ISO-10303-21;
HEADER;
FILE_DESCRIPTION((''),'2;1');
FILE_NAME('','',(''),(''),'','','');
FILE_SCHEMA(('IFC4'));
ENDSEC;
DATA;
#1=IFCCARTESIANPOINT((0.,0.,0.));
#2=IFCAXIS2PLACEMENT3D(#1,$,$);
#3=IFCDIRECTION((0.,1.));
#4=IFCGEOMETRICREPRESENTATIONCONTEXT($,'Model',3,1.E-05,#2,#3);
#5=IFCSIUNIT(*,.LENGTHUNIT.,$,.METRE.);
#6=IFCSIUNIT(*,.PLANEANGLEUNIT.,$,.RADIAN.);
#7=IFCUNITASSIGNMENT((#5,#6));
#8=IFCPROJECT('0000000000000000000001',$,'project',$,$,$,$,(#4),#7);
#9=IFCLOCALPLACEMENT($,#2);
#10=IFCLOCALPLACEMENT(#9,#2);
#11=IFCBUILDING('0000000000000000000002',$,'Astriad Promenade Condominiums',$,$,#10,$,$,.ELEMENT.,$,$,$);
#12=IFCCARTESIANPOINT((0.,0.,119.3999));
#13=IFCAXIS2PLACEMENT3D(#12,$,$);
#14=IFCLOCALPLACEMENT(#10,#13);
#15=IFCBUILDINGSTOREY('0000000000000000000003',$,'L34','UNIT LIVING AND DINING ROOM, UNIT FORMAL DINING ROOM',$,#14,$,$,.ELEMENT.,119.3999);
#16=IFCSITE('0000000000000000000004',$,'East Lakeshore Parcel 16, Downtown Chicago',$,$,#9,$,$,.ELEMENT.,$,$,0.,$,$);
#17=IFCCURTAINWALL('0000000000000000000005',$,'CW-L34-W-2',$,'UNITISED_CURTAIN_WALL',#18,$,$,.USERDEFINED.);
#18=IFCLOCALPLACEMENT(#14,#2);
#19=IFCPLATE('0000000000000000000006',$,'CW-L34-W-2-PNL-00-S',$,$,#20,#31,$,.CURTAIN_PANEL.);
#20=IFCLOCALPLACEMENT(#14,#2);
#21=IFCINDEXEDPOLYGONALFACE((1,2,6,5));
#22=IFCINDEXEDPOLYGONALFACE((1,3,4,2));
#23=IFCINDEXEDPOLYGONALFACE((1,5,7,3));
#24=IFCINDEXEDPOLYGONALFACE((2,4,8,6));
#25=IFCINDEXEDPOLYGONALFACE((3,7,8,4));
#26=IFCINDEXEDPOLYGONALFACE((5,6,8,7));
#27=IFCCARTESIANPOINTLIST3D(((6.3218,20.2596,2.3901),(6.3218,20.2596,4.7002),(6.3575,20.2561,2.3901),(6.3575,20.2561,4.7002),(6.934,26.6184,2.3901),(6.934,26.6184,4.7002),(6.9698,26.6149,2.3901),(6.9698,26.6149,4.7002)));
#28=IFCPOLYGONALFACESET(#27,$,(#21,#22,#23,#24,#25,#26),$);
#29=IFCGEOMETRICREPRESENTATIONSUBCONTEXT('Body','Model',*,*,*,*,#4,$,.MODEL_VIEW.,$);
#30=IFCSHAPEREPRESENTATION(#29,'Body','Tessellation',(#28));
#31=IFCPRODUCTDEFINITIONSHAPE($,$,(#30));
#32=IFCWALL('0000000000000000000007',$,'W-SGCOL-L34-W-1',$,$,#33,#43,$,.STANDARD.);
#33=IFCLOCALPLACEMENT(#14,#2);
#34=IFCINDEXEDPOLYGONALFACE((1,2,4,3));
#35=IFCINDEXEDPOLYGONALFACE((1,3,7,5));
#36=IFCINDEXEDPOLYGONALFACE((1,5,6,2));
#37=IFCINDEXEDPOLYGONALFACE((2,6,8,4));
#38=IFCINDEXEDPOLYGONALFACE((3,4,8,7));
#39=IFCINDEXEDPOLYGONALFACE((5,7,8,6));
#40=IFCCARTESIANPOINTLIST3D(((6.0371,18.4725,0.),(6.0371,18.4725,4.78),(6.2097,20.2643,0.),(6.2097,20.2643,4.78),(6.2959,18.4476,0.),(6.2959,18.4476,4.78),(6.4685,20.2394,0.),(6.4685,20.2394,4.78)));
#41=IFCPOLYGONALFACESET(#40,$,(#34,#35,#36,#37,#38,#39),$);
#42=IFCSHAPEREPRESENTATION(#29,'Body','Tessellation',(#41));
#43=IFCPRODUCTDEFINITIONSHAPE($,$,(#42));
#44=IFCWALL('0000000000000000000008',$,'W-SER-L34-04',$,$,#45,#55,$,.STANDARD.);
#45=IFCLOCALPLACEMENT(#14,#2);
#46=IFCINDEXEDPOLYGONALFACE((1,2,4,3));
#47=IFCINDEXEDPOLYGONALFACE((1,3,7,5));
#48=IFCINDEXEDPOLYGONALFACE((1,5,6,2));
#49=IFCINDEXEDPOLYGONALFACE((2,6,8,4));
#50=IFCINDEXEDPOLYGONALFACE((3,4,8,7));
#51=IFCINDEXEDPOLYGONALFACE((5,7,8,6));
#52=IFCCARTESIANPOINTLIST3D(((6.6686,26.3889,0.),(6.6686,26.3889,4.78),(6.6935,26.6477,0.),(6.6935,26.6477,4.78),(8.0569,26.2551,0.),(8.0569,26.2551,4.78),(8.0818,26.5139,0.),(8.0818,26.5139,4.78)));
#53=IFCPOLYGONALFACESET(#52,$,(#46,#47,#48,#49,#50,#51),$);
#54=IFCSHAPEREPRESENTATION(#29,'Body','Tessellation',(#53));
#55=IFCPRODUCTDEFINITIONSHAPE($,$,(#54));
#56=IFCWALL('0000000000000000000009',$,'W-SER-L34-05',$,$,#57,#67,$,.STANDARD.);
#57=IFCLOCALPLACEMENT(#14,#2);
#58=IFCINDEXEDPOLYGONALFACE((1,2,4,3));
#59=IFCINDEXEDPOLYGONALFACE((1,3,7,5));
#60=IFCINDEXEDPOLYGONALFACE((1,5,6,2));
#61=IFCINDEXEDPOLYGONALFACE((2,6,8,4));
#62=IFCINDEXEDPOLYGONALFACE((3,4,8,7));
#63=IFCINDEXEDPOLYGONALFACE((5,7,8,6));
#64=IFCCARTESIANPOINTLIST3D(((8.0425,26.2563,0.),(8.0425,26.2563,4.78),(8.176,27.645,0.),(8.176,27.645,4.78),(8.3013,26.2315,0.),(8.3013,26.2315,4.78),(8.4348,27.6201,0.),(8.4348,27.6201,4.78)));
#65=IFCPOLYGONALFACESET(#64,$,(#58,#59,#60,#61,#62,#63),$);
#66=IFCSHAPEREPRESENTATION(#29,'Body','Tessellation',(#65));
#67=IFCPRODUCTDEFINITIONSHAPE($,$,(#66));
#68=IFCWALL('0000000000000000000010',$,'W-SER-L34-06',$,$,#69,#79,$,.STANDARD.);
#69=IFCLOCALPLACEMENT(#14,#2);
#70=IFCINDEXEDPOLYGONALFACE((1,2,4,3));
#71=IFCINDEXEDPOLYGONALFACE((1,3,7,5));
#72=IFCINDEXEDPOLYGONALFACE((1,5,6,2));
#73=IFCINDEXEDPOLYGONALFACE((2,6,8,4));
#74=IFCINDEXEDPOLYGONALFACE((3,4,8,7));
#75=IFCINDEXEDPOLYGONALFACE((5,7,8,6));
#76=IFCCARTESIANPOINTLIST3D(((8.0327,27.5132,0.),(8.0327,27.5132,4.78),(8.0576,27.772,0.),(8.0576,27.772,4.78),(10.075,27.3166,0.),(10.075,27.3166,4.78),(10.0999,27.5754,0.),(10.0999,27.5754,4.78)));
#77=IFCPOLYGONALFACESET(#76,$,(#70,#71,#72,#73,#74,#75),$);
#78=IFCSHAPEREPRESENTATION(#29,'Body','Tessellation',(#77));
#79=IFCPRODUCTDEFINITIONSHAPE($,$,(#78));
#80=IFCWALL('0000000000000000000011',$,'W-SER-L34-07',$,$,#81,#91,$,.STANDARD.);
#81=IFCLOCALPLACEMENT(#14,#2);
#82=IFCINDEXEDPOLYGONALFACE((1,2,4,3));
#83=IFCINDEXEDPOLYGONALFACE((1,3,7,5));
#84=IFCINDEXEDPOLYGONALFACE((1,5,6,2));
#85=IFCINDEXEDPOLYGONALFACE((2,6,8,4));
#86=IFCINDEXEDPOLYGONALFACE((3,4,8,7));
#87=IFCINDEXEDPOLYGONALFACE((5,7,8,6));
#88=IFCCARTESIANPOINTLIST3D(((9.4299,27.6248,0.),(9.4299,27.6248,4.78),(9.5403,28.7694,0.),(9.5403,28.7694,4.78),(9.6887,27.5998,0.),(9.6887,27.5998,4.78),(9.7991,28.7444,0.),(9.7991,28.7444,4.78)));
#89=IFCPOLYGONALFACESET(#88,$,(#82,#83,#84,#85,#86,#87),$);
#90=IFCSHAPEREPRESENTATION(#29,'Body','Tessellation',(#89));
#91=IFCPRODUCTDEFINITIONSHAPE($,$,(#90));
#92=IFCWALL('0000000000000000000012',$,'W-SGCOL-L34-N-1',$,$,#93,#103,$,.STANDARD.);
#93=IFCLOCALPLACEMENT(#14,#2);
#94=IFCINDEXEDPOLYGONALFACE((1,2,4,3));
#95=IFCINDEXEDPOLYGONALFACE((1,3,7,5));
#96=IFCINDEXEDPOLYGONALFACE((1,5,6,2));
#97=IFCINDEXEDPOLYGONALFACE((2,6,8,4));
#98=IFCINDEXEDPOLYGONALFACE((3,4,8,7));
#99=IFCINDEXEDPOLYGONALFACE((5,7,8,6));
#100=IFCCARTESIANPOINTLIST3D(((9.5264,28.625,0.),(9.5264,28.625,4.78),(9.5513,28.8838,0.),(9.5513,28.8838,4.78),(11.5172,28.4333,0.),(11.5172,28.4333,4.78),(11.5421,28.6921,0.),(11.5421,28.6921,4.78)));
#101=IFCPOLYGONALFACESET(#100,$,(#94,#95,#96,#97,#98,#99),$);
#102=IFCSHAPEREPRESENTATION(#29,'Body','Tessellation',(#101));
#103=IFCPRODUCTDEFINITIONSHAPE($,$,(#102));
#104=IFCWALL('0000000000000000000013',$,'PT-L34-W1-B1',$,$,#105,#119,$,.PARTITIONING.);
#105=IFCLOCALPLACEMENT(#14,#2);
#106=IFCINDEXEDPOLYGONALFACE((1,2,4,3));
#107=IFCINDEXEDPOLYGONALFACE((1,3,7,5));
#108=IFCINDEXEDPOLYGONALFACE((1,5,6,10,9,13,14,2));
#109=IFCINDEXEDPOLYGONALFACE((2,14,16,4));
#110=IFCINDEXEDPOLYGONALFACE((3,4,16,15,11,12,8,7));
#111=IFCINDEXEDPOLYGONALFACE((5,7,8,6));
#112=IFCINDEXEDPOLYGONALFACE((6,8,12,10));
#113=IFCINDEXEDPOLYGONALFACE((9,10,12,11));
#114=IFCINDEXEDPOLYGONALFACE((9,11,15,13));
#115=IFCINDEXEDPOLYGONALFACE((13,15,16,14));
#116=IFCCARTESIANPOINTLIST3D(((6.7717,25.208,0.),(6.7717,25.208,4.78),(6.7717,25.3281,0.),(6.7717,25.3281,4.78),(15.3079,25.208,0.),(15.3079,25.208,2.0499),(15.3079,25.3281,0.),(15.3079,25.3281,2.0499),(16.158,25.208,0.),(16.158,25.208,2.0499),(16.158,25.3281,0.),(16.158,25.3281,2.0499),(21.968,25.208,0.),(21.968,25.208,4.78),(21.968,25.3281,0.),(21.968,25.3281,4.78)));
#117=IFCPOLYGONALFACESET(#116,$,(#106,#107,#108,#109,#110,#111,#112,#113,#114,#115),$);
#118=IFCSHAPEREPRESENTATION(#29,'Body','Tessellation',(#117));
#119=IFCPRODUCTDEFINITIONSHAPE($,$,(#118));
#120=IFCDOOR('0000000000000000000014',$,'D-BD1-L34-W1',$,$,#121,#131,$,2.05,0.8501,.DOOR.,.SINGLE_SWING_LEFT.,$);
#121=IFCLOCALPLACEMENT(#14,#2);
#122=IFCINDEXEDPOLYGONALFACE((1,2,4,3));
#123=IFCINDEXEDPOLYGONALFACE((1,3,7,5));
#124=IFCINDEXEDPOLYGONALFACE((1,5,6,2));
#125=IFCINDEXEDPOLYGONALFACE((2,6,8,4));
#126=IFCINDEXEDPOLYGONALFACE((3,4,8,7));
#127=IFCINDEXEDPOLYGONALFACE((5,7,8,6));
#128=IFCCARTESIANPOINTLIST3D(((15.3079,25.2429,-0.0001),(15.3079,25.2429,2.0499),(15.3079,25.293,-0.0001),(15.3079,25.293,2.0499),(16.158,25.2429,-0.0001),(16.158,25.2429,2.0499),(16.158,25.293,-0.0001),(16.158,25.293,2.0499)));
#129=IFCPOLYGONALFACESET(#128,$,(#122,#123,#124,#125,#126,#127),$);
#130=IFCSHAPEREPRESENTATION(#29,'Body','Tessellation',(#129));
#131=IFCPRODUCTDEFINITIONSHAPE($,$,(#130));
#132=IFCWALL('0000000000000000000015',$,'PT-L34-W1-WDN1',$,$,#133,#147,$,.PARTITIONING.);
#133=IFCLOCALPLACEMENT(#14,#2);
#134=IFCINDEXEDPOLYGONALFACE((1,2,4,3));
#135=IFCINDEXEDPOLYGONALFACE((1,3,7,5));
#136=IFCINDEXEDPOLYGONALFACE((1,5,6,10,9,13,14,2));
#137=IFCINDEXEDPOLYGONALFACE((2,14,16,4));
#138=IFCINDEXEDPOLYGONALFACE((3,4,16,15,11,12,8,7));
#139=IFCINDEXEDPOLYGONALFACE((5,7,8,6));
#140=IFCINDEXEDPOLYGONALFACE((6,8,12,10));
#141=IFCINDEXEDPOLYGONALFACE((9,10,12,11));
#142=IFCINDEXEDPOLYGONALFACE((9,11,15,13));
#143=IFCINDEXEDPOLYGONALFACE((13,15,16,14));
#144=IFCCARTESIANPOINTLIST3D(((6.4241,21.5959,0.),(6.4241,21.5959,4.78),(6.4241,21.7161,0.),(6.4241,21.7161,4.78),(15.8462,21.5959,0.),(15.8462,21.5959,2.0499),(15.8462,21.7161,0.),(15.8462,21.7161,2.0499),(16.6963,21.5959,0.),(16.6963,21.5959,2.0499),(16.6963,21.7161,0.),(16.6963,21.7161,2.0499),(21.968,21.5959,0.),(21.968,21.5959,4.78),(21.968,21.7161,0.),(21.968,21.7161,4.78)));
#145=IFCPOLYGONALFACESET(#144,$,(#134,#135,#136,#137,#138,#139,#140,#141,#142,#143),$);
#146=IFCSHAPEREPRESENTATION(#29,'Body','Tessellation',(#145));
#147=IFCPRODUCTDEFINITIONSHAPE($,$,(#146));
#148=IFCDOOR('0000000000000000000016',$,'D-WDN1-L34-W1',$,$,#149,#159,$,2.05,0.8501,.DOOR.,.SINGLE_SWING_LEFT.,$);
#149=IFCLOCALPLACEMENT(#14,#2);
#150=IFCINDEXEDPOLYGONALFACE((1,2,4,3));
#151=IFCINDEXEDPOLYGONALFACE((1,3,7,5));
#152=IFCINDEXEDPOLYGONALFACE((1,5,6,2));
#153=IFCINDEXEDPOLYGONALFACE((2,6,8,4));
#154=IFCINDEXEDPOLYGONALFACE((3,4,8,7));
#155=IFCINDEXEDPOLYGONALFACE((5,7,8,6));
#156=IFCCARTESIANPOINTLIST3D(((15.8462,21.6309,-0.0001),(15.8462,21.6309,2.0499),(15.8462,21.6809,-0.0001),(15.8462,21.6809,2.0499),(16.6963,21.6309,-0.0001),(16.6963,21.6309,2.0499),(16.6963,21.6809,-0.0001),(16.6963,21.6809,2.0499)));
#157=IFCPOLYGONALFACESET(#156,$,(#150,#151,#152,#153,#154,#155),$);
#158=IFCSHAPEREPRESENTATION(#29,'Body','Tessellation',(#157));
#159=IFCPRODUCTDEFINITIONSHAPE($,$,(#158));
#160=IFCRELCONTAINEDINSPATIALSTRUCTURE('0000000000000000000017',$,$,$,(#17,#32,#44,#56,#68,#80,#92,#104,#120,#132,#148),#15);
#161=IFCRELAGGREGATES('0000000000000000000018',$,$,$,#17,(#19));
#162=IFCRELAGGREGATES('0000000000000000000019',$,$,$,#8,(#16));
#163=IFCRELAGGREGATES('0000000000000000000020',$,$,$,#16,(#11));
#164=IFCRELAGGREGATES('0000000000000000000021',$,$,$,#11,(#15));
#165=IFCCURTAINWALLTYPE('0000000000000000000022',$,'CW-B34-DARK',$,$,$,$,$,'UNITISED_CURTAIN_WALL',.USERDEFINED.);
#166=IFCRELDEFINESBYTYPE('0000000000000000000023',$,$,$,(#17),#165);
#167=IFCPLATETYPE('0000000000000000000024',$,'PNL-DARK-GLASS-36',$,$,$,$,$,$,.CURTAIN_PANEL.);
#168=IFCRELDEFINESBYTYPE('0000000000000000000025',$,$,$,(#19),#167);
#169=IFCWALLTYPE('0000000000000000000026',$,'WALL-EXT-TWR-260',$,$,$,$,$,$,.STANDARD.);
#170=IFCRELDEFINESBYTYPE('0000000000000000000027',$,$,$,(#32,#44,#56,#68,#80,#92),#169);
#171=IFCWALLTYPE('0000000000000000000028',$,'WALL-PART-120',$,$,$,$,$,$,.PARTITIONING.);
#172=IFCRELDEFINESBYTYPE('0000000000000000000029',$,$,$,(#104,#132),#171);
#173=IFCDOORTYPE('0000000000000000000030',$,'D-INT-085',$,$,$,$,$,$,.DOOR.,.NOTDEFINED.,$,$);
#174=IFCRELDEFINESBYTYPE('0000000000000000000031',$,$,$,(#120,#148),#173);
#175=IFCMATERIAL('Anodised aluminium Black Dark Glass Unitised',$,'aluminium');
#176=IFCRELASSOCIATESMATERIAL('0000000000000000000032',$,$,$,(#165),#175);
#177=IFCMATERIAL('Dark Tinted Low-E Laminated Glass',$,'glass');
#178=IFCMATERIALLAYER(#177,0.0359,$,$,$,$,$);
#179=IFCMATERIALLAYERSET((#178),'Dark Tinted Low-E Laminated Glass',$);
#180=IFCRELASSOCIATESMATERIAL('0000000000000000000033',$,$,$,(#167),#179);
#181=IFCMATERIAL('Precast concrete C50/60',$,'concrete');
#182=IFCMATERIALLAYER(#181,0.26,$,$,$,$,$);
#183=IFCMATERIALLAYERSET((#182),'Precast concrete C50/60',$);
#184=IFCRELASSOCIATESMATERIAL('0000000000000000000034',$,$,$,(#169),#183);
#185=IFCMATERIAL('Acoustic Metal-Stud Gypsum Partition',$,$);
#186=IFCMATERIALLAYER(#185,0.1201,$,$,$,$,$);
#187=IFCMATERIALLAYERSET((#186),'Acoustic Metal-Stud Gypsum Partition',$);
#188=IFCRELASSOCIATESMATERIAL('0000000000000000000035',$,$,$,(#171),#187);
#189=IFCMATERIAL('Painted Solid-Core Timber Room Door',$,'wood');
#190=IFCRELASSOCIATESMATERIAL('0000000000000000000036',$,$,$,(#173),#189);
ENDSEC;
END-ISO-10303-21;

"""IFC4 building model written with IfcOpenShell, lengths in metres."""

from ifc_helpers import new_model, si_unit, direction, frame, frame_2d, origin, origin_2d, place, context, subcontext, project, spatial, rectangle, extrude, source, transform, mapped, material, layer, layer_set, type_object, type_shapes, element, fill, aggregate, save


model = new_model("IFC4")

# Units and contexts
model_context = context("Model", 3, precision=1e-05, world=origin(), true_north=direction((0.0, 1.0)))
body_context = subcontext(model_context, "Body", "Model", "MODEL_VIEW")
ifc_project = project(units=[si_unit("LENGTHUNIT", "METRE"), si_unit("PLANEANGLEUNIT", "RADIAN")], contexts=[model_context])

# Site, building, storey
site_placement = place(None, origin())
site = spatial("IfcSite", under=ifc_project, at=site_placement, Name="East Lakeshore Parcel 16, Downtown Chicago", CompositionType="ELEMENT", RefElevation=0.0)
building_placement = place(site_placement, origin())
building = spatial("IfcBuilding", under=site, at=building_placement, Name="Astriad Promenade Condominiums", CompositionType="ELEMENT")
storey_placement = place(building_placement, frame((0.0, 0.0, 119.3999)))
storey = spatial("IfcBuildingStorey", under=building, at=storey_placement, Name="L34", Description="UNIT LIVING AND DINING ROOM, UNIT FORMAL DINING ROOM", CompositionType="ELEMENT", Elevation=119.3999)

# Shared definitions
ifc_material_1 = material(Name="Anodised aluminium Black Dark Glass Unitised", Category="aluminium")
curtain_wall_type = type_object("IfcCurtainWallType", Name="CW-B34-DARK", ElementType="UNITISED_CURTAIN_WALL", PredefinedType="USERDEFINED", material=ifc_material_1)

# Curtain wall
curtain_wall_1_placement = place(storey_placement, origin())
curtain_wall_1 = element("IfcCurtainWall", 1, at=curtain_wall_1_placement, inside=storey, type_object=curtain_wall_type, Name="CW-L34-W-2", ObjectType="UNITISED_CURTAIN_WALL", PredefinedType="USERDEFINED")

# Plate
ifc_material_2 = material(Name="Dark Tinted Low-E Laminated Glass", Category="glass")
ifc_layer_1 = layer(ifc_material_2, 0.0359)
ifc_layer_set_1 = layer_set([ifc_layer_1], Name="Dark Tinted Low-E Laminated Glass")
plate_type_1 = type_object("IfcPlateType", Name="PNL-DARK-GLASS-36", PredefinedType="CURTAIN_PANEL", material=ifc_layer_set_1)
shared_shape_1 = source(origin(), body_context, "Body", "SweptSolid", [
    extrude(rectangle(XDim=6.3882, YDim=0.0359, at=origin_2d()), origin(), (0.0, 0.0, 1.0), 2.3101),
])
plate_1_placement = place(storey_placement, frame((6.6458, 23.4373, 2.3901), z_axis=(0.0, 0.0, 1.0), x_axis=(0.095846, 0.995396, 0.0)))
plate_1 = element("IfcPlate", 2, at=plate_1_placement, type_object=plate_type_1, Name="CW-L34-W-2-PNL-00-S", PredefinedType="CURTAIN_PANEL", context=body_context, shape_type="MappedRepresentation", body=[
    mapped(shared_shape_1, transform((0.0, 0.0, 0.0), scale=1.0)),
])
aggregate(curtain_wall_1, [plate_1])

# Walls
ifc_material_3 = material(Name="Precast concrete C50/60", Category="concrete")
ifc_layer_2 = layer(ifc_material_3, 0.26)
ifc_layer_set_2 = layer_set([ifc_layer_2], Name="Precast concrete C50/60")
wall_type_1 = type_object("IfcWallType", Name="WALL-EXT-TWR-260", PredefinedType="STANDARD", material=ifc_layer_set_2)
wall_1_placement = place(storey_placement, frame((6.1665, 18.4602, 0.0), z_axis=(0.0, 0.0, 1.0), x_axis=(0.095891, 0.995392, 0.0)))
element("IfcWall", 3, at=wall_1_placement, inside=storey, type_object=wall_type_1, Name="W-SGCOL-L34-W-1", PredefinedType="STANDARD", context=body_context, shape_type="SweptSolid", body=[
    extrude(rectangle(XDim=1.8, YDim=0.26, at=frame_2d((0.8999, 0.0))), origin(), (0.0, 0.0, 1.0), 4.78),
])
wall_2_placement = place(storey_placement, frame((6.6812, 26.5183, 0.0), z_axis=(0.0, 0.0, 1.0), x_axis=(0.995389, -0.095916, 0.0)))
element("IfcWall", 4, at=wall_2_placement, inside=storey, type_object=wall_type_1, Name="W-SER-L34-04", PredefinedType="STANDARD", context=body_context, shape_type="SweptSolid", body=[
    extrude(rectangle(XDim=1.3948, YDim=0.26, at=frame_2d((0.6973, 0.0))), origin(), (0.0, 0.0, 1.0), 4.78),
])
wall_3_placement = place(storey_placement, frame((8.1719, 26.2439, 0.0), z_axis=(0.0, 0.0, 1.0), x_axis=(0.095726, 0.995408, 0.0)))
element("IfcWall", 5, at=wall_3_placement, inside=storey, type_object=wall_type_1, Name="W-SER-L34-05", PredefinedType="STANDARD", context=body_context, shape_type="SweptSolid", body=[
    extrude(rectangle(XDim=1.395, YDim=0.26, at=frame_2d((0.6975, 0.0))), origin(), (0.0, 0.0, 1.0), 4.78),
])
wall_4_placement = place(storey_placement, frame((8.0452, 27.6426, 0.0), z_axis=(0.0, 0.0, 1.0), x_axis=(0.995401, -0.095792, 0.0)))
element("IfcWall", 6, at=wall_4_placement, inside=storey, type_object=wall_type_1, Name="W-SER-L34-06", PredefinedType="STANDARD", context=body_context, shape_type="SweptSolid", body=[
    extrude(rectangle(XDim=2.0518, YDim=0.26, at=frame_2d((1.0259, 0.0))), origin(), (0.0, 0.0, 1.0), 4.78),
])
wall_5_placement = place(storey_placement, frame((9.5593, 27.6123, 0.0), z_axis=(0.0, 0.0, 1.0), x_axis=(0.095971, 0.995384, 0.0)))
element("IfcWall", 7, at=wall_5_placement, inside=storey, type_object=wall_type_1, Name="W-SER-L34-07", PredefinedType="STANDARD", context=body_context, shape_type="SweptSolid", body=[
    extrude(rectangle(XDim=1.1499, YDim=0.26, at=frame_2d((0.575, 0.0))), origin(), (0.0, 0.0, 1.0), 4.78),
])
wall_6_placement = place(storey_placement, frame((9.5388, 28.7544, 0.0), z_axis=(0.0, 0.0, 1.0), x_axis=(0.995398, -0.095829, 0.0)))
element("IfcWall", 8, at=wall_6_placement, inside=storey, type_object=wall_type_1, Name="W-SGCOL-L34-N-1", PredefinedType="STANDARD", context=body_context, shape_type="SweptSolid", body=[
    extrude(rectangle(XDim=2.0, YDim=0.26, at=frame_2d((1.0, 0.0))), origin(), (0.0, 0.0, 1.0), 4.78),
])

# Walls, openings, doors
ifc_material_4 = material(Name="Acoustic Metal-Stud Gypsum Partition")
ifc_layer_3 = layer(ifc_material_4, 0.1201)
ifc_layer_set_3 = layer_set([ifc_layer_3], Name="Acoustic Metal-Stud Gypsum Partition")
wall_type_2 = type_object("IfcWallType", Name="WALL-PART-120", PredefinedType="PARTITIONING", material=ifc_layer_set_3)
wall_7_placement = place(storey_placement, frame((6.7717, 25.2681, 0.0), z_axis=(0.0, 0.0, 1.0), x_axis=(1.0, 0.0, 0.0)))
wall_7 = element("IfcWall", 9, at=wall_7_placement, inside=storey, type_object=wall_type_2, Name="PT-L34-W1-B1", PredefinedType="PARTITIONING", context=body_context, shape_type="SweptSolid", body=[
    extrude(rectangle(XDim=15.1963, YDim=0.1201, at=frame_2d((7.5981, 0.0))), origin(), (0.0, 0.0, 1.0), 4.78),
])
opening_1_placement = place(wall_7_placement, frame((8.5361, 0.0, 0.0)))
opening_1 = element("IfcOpeningElement", 10, at=opening_1_placement, cuts=wall_7, PredefinedType="OPENING", context=body_context, shape_type="SweptSolid", body=[
    extrude(rectangle(XDim=0.8501, YDim=2.05, at=frame_2d((0.425, 1.0249))), frame((0.0, 0.0701, 0.0), z_axis=(0.0, -1.0, 0.0), x_axis=(1.0, 0.0, 0.0)), (0.0, 0.0, 1.0), 0.1401),
])
ifc_material_5 = material(Name="Painted Solid-Core Timber Room Door", Category="wood")
door_type = type_object("IfcDoorType", Name="D-INT-085", OperationType="NOTDEFINED", PredefinedType="DOOR", material=ifc_material_5)
shared_shape_2 = source(origin(), body_context, "Body", "SweptSolid", [
    extrude(rectangle(XDim=0.8501, YDim=2.05, at=frame_2d((0.425, 1.0249))), frame((0.0, 0.0249, 0.0), z_axis=(0.0, -1.0, 0.0), x_axis=(1.0, 0.0, 0.0)), (0.0, 0.0, 1.0), 0.05),
])
type_shapes(door_type, [shared_shape_2])
door_1_placement = place(opening_1_placement, origin())
door_1 = element("IfcDoor", 11, at=door_1_placement, inside=storey, type_object=door_type, Name="D-BD1-L34-W1", OperationType="SINGLE_SWING_LEFT", OverallHeight=2.05, OverallWidth=0.8501, PredefinedType="DOOR", context=body_context, shape_type="MappedRepresentation", body=[
    mapped(shared_shape_2, transform((0.0, 0.0, 0.0), scale=1.0)),
])
fill(opening_1, door_1)
wall_8_placement = place(storey_placement, frame((6.4241, 21.656, 0.0), z_axis=(0.0, 0.0, 1.0), x_axis=(1.0, 0.0, 0.0)))
wall_8 = element("IfcWall", 12, at=wall_8_placement, inside=storey, type_object=wall_type_2, Name="PT-L34-W1-WDN1", PredefinedType="PARTITIONING", context=body_context, shape_type="SweptSolid", body=[
    extrude(rectangle(XDim=15.5439, YDim=0.1201, at=frame_2d((7.772, 0.0))), origin(), (0.0, 0.0, 1.0), 4.78),
])
opening_2_placement = place(wall_8_placement, frame((9.4221, 0.0, 0.0)))
opening_2 = element("IfcOpeningElement", 13, at=opening_2_placement, cuts=wall_8, PredefinedType="OPENING", context=body_context, shape_type="SweptSolid", body=[
    extrude(rectangle(XDim=0.8501, YDim=2.05, at=frame_2d((0.425, 1.0249))), frame((0.0, 0.0701, 0.0), z_axis=(0.0, -1.0, 0.0), x_axis=(1.0, 0.0, 0.0)), (0.0, 0.0, 1.0), 0.1401),
])
door_2_placement = place(opening_2_placement, origin())
door_2 = element("IfcDoor", 14, at=door_2_placement, inside=storey, type_object=door_type, Name="D-WDN1-L34-W1", OperationType="SINGLE_SWING_LEFT", OverallHeight=2.05, OverallWidth=0.8501, PredefinedType="DOOR", context=body_context, shape_type="MappedRepresentation", body=[
    mapped(shared_shape_2, transform((0.0, 0.0, 0.0), scale=1.0)),
])
fill(opening_2, door_2)

save(model, "model.ifc")
